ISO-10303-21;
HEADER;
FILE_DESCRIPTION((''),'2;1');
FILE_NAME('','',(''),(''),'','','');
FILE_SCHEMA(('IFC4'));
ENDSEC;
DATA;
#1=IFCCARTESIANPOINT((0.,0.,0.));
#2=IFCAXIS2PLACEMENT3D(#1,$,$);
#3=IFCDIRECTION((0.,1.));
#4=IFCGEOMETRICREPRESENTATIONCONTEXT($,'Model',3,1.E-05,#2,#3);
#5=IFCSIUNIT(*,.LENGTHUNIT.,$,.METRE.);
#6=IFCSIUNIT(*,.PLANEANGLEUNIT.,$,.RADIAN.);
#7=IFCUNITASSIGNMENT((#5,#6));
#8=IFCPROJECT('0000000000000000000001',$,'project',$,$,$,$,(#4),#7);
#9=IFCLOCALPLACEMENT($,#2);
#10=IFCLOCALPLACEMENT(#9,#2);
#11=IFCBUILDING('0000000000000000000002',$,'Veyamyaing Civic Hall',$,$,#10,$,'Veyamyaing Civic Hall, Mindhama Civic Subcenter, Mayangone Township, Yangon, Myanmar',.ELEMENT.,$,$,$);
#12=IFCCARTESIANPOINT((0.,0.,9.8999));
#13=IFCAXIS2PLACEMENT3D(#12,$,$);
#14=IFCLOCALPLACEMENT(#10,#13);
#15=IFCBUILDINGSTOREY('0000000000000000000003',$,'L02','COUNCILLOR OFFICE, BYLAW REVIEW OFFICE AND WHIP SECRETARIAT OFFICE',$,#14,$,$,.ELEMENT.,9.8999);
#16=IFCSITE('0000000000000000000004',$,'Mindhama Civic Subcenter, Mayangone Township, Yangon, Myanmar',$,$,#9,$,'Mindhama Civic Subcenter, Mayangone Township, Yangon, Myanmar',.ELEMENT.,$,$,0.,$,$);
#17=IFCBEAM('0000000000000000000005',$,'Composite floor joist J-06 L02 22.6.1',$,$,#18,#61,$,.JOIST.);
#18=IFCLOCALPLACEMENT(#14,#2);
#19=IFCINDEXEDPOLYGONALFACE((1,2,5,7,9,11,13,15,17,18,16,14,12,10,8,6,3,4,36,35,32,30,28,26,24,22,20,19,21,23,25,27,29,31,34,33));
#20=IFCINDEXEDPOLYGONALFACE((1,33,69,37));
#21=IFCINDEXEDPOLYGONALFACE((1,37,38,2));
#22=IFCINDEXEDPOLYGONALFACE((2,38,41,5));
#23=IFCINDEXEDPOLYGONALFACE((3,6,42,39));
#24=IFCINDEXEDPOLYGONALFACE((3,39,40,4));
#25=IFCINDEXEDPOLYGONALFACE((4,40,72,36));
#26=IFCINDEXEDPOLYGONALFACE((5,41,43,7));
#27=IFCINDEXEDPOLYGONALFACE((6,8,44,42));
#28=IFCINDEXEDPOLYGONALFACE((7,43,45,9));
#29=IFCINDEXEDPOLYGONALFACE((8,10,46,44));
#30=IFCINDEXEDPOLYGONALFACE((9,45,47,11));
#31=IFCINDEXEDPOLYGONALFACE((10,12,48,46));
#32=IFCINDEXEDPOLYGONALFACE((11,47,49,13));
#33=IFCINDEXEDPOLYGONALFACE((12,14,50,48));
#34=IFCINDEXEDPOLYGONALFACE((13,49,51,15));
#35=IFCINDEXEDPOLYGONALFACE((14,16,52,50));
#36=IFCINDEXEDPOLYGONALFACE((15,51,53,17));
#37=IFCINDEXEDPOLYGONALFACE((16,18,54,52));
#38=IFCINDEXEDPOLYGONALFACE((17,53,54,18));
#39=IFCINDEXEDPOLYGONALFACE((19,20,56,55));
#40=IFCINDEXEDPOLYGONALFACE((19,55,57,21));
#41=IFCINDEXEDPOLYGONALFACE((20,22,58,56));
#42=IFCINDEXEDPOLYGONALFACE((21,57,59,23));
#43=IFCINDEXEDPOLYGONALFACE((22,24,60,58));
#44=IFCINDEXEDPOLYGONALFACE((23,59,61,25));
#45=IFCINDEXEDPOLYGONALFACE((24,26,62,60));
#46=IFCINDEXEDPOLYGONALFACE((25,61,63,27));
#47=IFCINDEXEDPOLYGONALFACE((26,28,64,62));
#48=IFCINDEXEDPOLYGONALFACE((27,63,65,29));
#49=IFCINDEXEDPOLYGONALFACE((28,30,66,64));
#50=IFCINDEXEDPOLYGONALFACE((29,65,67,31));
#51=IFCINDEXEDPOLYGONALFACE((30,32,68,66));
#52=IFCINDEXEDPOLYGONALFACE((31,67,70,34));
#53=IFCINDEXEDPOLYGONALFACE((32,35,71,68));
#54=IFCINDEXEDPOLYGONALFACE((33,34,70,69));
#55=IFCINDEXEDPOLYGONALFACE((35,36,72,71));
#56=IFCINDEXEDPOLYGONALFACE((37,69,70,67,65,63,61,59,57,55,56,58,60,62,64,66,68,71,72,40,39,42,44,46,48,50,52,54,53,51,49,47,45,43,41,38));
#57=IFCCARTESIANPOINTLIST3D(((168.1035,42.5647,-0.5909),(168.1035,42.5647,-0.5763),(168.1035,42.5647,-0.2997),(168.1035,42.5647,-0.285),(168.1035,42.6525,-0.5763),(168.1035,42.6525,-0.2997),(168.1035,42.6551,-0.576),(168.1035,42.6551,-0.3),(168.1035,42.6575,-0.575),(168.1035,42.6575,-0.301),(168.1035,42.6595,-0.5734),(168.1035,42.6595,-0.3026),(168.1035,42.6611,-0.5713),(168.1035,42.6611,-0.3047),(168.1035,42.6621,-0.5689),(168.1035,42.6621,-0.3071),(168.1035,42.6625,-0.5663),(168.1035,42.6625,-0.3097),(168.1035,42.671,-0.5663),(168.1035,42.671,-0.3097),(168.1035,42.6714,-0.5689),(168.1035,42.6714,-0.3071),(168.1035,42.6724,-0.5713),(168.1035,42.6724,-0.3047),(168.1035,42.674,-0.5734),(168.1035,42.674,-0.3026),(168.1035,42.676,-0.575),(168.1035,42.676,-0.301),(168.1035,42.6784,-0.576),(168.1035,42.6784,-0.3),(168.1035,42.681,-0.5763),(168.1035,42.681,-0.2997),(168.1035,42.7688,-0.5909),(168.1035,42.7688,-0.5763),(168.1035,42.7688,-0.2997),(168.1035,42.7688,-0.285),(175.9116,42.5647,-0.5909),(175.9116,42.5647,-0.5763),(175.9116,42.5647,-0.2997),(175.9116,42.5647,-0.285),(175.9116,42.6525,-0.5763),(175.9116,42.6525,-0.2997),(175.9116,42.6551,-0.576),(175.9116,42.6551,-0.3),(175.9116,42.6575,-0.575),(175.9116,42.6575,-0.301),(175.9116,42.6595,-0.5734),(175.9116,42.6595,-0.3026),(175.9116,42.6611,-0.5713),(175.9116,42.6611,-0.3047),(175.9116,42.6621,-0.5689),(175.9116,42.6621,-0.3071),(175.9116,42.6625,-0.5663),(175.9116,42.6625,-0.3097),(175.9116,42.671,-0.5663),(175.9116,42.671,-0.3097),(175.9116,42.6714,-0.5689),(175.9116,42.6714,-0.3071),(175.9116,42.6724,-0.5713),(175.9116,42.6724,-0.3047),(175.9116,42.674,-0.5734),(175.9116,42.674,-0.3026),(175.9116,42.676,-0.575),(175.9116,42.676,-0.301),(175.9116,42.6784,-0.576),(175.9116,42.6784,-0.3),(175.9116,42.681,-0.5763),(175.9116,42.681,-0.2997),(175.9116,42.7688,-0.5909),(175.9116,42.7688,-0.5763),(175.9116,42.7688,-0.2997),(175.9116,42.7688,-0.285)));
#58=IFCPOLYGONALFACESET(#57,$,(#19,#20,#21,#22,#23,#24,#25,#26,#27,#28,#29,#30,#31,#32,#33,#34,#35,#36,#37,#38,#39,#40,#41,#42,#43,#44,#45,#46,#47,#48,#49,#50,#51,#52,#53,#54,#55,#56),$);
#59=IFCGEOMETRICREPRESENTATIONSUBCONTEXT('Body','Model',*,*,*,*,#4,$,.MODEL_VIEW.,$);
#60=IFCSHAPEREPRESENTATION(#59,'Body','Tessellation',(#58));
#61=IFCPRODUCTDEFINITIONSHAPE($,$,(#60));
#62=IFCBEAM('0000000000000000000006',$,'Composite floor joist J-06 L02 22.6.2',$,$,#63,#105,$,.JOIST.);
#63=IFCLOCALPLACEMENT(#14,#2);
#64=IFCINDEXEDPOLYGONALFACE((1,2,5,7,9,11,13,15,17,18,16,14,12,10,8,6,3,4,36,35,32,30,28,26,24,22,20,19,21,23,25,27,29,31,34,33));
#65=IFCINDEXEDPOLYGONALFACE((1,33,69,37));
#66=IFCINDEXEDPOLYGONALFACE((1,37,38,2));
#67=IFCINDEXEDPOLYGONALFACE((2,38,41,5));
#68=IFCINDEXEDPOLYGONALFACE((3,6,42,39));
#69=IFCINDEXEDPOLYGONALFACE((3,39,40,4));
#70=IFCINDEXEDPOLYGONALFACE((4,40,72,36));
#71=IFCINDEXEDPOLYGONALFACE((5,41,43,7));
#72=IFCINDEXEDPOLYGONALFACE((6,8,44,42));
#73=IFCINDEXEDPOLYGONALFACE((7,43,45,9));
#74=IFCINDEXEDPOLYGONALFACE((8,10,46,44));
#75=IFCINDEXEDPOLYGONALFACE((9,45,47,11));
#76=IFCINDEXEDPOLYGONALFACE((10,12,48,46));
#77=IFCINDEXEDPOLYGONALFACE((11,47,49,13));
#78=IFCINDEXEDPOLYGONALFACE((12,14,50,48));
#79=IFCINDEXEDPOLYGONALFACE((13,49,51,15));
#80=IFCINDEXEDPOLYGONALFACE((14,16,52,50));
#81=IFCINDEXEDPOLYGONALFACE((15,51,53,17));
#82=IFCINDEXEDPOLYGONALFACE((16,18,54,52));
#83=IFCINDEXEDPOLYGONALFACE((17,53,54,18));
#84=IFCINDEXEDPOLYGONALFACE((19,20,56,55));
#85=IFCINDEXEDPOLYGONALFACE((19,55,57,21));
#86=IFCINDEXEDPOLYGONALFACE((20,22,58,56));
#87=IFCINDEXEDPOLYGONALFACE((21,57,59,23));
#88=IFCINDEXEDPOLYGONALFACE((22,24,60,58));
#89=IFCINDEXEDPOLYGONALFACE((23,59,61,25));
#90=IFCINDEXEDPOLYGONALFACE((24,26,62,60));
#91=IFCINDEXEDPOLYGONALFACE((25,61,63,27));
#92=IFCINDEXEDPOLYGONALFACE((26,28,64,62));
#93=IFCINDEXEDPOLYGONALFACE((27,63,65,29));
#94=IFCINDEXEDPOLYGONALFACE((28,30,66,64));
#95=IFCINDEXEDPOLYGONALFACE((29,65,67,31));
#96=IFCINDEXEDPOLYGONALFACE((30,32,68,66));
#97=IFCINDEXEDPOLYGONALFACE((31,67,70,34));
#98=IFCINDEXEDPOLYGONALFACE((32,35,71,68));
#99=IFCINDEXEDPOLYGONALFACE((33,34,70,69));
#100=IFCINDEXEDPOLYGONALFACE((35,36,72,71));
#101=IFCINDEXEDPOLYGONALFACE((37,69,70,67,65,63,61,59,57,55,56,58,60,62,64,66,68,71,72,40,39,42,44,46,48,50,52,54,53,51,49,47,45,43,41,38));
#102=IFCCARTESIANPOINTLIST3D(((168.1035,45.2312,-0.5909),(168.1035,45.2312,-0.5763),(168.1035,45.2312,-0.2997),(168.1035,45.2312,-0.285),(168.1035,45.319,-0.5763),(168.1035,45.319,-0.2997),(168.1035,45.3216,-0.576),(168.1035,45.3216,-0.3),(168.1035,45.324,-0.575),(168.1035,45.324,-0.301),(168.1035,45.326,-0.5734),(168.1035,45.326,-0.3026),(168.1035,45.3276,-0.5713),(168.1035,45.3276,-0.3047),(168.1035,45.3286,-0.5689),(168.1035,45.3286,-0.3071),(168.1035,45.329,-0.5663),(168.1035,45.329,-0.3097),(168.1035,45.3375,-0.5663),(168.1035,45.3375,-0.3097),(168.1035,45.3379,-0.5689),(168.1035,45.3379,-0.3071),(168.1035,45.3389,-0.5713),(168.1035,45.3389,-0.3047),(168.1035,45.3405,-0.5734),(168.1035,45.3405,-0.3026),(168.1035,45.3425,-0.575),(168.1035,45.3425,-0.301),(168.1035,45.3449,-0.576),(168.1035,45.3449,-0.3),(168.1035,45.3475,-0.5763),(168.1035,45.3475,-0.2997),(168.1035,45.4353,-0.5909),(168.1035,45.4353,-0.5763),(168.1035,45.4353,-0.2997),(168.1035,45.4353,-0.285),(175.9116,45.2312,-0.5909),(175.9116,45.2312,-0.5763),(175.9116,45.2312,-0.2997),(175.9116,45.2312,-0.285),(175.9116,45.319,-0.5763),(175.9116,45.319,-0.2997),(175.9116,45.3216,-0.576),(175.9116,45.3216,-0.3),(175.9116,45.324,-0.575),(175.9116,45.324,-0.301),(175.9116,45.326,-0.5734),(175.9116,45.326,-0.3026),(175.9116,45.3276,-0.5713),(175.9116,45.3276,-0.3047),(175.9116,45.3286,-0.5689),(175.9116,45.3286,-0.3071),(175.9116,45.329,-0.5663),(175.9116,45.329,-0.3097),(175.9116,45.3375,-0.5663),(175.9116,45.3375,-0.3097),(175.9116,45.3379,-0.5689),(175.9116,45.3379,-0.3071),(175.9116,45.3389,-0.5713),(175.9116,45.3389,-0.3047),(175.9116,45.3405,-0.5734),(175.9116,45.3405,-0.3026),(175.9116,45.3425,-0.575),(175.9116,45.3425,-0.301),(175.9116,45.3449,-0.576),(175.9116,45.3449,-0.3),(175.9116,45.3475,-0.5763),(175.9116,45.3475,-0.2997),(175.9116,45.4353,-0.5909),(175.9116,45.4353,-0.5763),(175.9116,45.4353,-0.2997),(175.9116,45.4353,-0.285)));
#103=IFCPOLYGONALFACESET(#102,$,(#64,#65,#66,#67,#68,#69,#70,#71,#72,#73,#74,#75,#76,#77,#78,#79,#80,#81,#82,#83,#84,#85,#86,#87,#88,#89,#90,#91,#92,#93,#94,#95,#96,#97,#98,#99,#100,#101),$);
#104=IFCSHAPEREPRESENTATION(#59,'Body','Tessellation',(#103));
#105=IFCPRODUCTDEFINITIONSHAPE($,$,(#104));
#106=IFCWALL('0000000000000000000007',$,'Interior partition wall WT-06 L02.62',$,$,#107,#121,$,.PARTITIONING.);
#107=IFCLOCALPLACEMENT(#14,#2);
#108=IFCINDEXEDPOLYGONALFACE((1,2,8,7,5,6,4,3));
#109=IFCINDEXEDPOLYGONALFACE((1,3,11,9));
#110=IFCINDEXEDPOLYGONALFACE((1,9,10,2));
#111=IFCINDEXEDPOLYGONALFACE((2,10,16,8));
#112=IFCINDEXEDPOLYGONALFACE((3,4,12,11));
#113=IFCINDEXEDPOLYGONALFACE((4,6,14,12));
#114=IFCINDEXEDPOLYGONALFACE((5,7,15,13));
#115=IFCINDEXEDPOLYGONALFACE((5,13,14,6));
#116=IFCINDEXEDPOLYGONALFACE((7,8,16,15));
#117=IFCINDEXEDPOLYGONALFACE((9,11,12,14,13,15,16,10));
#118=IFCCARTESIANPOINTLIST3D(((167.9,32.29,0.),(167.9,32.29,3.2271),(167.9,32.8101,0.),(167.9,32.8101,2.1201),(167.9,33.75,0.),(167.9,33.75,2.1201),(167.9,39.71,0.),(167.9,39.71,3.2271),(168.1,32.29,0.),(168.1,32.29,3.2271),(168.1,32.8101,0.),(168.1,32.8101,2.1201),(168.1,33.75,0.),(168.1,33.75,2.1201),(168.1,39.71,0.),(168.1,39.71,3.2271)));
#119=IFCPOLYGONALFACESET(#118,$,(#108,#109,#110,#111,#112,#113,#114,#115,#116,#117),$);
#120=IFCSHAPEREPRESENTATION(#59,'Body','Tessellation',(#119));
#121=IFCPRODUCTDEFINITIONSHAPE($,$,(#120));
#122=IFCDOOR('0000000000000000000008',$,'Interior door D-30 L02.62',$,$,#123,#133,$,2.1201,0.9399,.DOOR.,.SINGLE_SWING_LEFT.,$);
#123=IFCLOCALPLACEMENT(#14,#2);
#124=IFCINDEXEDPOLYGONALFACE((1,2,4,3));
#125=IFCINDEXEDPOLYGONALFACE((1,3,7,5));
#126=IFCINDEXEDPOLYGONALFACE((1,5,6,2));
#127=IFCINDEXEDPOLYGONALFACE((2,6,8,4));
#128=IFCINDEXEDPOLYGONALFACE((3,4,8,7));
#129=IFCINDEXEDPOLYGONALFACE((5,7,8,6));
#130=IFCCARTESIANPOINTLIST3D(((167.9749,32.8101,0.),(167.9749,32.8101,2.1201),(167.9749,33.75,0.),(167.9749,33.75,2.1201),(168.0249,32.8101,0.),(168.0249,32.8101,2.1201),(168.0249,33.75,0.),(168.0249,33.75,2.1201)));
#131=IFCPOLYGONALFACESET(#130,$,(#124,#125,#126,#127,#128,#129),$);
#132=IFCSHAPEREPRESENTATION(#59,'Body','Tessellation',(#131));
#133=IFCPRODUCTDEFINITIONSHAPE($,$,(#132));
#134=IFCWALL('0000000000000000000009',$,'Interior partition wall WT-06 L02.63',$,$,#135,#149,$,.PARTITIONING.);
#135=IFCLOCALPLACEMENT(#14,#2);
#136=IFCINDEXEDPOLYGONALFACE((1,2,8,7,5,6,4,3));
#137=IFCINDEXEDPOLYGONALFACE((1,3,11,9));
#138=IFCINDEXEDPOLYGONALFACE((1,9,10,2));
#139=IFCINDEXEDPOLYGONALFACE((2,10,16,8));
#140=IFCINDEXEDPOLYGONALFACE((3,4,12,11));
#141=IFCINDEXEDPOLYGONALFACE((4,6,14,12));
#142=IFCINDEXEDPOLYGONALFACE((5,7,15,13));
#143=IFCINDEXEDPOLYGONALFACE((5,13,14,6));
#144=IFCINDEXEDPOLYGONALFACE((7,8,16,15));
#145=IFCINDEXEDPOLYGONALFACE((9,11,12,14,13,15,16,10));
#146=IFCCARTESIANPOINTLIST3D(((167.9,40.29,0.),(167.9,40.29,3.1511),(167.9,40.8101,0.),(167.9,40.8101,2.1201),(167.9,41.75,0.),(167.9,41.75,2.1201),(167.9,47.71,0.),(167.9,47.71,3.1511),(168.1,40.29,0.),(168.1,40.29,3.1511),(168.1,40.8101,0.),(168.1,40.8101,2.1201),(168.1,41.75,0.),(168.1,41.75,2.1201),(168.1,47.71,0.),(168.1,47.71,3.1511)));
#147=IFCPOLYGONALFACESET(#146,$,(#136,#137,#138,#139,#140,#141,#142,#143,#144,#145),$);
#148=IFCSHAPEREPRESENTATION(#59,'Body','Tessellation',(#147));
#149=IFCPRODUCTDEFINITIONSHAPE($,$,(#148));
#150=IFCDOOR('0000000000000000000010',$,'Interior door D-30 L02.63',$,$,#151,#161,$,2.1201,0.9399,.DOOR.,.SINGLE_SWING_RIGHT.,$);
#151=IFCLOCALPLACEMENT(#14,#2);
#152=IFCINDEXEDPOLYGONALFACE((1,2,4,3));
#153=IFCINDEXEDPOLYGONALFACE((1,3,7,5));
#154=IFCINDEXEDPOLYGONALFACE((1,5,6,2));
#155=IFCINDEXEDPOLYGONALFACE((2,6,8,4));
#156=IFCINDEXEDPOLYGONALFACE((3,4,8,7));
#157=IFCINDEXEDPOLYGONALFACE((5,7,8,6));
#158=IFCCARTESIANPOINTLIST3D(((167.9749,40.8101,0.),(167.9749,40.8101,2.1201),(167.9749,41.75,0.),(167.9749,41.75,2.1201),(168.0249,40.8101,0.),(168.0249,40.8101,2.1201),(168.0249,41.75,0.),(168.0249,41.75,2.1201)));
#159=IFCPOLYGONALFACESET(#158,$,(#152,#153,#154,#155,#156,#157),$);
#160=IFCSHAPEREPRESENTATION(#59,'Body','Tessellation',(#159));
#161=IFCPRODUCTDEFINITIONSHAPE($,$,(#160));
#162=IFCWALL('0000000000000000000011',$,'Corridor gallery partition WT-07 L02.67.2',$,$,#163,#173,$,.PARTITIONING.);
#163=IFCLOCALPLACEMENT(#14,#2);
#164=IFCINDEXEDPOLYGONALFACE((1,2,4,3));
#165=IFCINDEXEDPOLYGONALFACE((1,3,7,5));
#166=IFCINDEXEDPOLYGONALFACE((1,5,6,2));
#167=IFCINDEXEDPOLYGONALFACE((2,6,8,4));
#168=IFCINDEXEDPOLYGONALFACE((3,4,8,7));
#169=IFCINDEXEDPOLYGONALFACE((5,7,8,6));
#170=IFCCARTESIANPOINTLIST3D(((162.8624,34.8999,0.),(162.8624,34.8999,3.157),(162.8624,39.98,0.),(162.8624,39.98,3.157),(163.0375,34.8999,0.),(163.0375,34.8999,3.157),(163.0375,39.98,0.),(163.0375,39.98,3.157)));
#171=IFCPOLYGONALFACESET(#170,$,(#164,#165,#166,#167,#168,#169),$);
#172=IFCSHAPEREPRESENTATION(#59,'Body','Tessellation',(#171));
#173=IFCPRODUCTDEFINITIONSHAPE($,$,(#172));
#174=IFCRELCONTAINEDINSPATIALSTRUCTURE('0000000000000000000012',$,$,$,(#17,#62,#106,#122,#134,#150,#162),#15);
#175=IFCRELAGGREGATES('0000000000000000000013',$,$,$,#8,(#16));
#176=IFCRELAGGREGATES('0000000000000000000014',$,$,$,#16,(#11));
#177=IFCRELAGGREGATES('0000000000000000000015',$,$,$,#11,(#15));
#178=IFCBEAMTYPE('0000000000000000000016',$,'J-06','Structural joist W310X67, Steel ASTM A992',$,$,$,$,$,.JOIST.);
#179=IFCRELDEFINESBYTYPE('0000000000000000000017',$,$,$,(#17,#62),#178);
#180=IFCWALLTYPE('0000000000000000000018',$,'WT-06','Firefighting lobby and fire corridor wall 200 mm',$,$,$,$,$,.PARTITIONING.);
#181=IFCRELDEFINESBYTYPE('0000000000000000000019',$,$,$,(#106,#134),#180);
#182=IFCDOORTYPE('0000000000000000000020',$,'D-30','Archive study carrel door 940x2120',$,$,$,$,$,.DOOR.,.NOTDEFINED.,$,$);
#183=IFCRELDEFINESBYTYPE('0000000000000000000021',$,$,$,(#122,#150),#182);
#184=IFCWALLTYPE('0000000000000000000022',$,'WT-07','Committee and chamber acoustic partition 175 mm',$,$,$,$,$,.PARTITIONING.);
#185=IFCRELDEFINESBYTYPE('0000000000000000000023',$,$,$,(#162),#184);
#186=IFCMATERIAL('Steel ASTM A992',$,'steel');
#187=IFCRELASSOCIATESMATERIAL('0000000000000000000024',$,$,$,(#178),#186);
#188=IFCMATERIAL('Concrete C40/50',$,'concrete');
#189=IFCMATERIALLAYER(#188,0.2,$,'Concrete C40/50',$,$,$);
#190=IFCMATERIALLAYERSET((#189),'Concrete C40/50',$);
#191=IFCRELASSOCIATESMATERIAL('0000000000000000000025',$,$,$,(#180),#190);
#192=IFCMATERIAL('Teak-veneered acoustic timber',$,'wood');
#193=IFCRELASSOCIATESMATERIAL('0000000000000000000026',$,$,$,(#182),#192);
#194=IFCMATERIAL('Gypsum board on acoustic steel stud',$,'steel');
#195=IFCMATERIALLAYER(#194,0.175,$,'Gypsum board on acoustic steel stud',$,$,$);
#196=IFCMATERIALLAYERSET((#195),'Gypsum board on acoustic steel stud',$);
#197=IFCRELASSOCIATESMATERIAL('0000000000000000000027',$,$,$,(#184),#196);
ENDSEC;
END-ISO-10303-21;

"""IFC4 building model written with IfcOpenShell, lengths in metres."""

from ifc_helpers import new_model, si_unit, direction, frame, frame_2d, origin, origin_2d, place, context, subcontext, project, spatial, rectangle, i_section, extrude, material, layer, layer_set, material_profile, profile_set, type_object, element, fill, save


model = new_model("IFC4")

# Units and contexts
model_context = context("Model", 3, precision=1e-05, world=origin(), true_north=direction((0.0, 1.0)))
body_context = subcontext(model_context, "Body", "Model", "MODEL_VIEW")
ifc_project = project(units=[si_unit("LENGTHUNIT", "METRE"), si_unit("PLANEANGLEUNIT", "RADIAN")], contexts=[model_context])

# Site, building, storey
site_placement = place(None, origin())
site = spatial("IfcSite", under=ifc_project, at=site_placement, Name="Mindhama Civic Subcenter, Mayangone Township, Yangon, Myanmar", LongName="Mindhama Civic Subcenter, Mayangone Township, Yangon, Myanmar", CompositionType="ELEMENT", RefElevation=0.0)
building_placement = place(site_placement, origin())
building = spatial("IfcBuilding", under=site, at=building_placement, Name="Veyamyaing Civic Hall", LongName="Veyamyaing Civic Hall, Mindhama Civic Subcenter, Mayangone Township, Yangon, Myanmar", CompositionType="ELEMENT")
storey_placement = place(building_placement, frame((0.0, 0.0, 9.8999)))
storey = spatial("IfcBuildingStorey", under=building, at=storey_placement, Name="L02", Description="COUNCILLOR OFFICE, BYLAW REVIEW OFFICE AND WHIP SECRETARIAT OFFICE", CompositionType="ELEMENT", Elevation=9.8999)

# Beams
ifc_material_1 = material(Name="Steel ASTM A992", Category="steel")
ifc_material_profile_1 = material_profile(ifc_material_1, i_section(OverallWidth=0.2041, OverallDepth=0.3059, WebThickness=0.0085, FlangeThickness=0.0146, FilletRadius=0.01, at=origin_2d()), Name="W310X67")
ifc_profile_set_1 = profile_set([ifc_material_profile_1], Name="Steel ASTM A992")
beam_type_1 = type_object("IfcBeamType", Name="J-06", Description="Structural joist W310X67, Steel ASTM A992", PredefinedType="JOIST", material=ifc_profile_set_1)
for number, where, z_axis, x_axis, name in (
    (1, (168.1035, 42.6667, -0.438), (1.0, 0.0, 0.0), (0.0, 1.0, 0.0), "Composite floor joist J-06 L02 22.6.1"),
    (2, (168.1035, 45.3333, -0.438), (1.0, 0.0, 0.0), (0.0, 1.0, 0.0), "Composite floor joist J-06 L02 22.6.2"),
):
    element("IfcBeam", number, at=place(storey_placement, frame(where, z_axis=z_axis, x_axis=x_axis)), inside=storey, type_object=beam_type_1, Name=name, PredefinedType="JOIST", context=body_context, shape_type="SweptSolid", body=[
        extrude(i_section(OverallWidth=0.2041, OverallDepth=0.3059, WebThickness=0.0085, FlangeThickness=0.0146, FilletRadius=0.01, at=origin_2d()), origin(), (0.0, 0.0, 1.0), 7.8081),
    ])

# Walls, openings, doors
ifc_material_2 = material(Name="Concrete C40/50", Category="concrete")
ifc_layer_1 = layer(ifc_material_2, 0.2, Name="Concrete C40/50")
ifc_layer_set_1 = layer_set([ifc_layer_1], Name="Concrete C40/50")
wall_type_1 = type_object("IfcWallType", Name="WT-06", Description="Firefighting lobby and fire corridor wall 200 mm", PredefinedType="PARTITIONING", material=ifc_layer_set_1)
wall_1_placement = place(storey_placement, frame((168.0, 32.29, 0.0), z_axis=(0.0, 0.0, 1.0), x_axis=(0.0, 1.0, 0.0)))
wall_1 = element("IfcWall", 3, at=wall_1_placement, inside=storey, type_object=wall_type_1, Name="Interior partition wall WT-06 L02.62", PredefinedType="PARTITIONING", context=body_context, shape_type="SweptSolid", body=[
    extrude(rectangle(XDim=7.4199, YDim=0.2, at=frame_2d((3.71, 0.0))), origin(), (0.0, 0.0, 1.0), 3.2271),
])
opening_1_placement = place(wall_1_placement, frame((0.52, 0.0, 0.0)))
opening_1 = element("IfcOpeningElement", 4, at=opening_1_placement, cuts=wall_1, PredefinedType="OPENING", context=body_context, shape_type="SweptSolid", body=[
    extrude(rectangle(XDim=0.9399, YDim=2.1201, at=frame_2d((0.47, 1.0601))), frame((0.0, 0.1099, 0.0), z_axis=(0.0, -1.0, 0.0), x_axis=(1.0, 0.0, 0.0)), (0.0, 0.0, 1.0), 0.22),
])
ifc_material_3 = material(Name="Teak-veneered acoustic timber", Category="wood")
door_type_1 = type_object("IfcDoorType", Name="D-30", Description="Archive study carrel door 940x2120", OperationType="NOTDEFINED", PredefinedType="DOOR", material=ifc_material_3)
door_1_placement = place(opening_1_placement, frame((0.9399, 0.0, 0.0), z_axis=(0.0, 0.0, 1.0), x_axis=(-1.0, 0.0, 0.0)))
door_1 = element("IfcDoor", 5, at=door_1_placement, inside=storey, type_object=door_type_1, Name="Interior door D-30 L02.62", OperationType="SINGLE_SWING_LEFT", OverallHeight=2.1201, OverallWidth=0.9399, PredefinedType="DOOR", context=body_context, shape_type="SweptSolid", body=[
    extrude(rectangle(XDim=0.9399, YDim=2.1201, at=frame_2d((0.47, 1.0601))), frame((0.0, 0.0249, 0.0), z_axis=(0.0, -1.0, 0.0), x_axis=(1.0, 0.0, 0.0)), (0.0, 0.0, 1.0), 0.05),
])
fill(opening_1, door_1)
wall_2_placement = place(storey_placement, frame((168.0, 40.29, 0.0), z_axis=(0.0, 0.0, 1.0), x_axis=(0.0, 1.0, 0.0)))
wall_2 = element("IfcWall", 6, at=wall_2_placement, inside=storey, type_object=wall_type_1, Name="Interior partition wall WT-06 L02.63", PredefinedType="PARTITIONING", context=body_context, shape_type="SweptSolid", body=[
    extrude(rectangle(XDim=7.4199, YDim=0.2, at=frame_2d((3.71, 0.0))), origin(), (0.0, 0.0, 1.0), 3.1511),
])
opening_2_placement = place(wall_2_placement, frame((0.52, 0.0, 0.0)))
opening_2 = element("IfcOpeningElement", 7, at=opening_2_placement, cuts=wall_2, PredefinedType="OPENING", context=body_context, shape_type="SweptSolid", body=[
    extrude(rectangle(XDim=0.9399, YDim=2.1201, at=frame_2d((0.47, 1.0601))), frame((0.0, 0.1099, 0.0), z_axis=(0.0, -1.0, 0.0), x_axis=(1.0, 0.0, 0.0)), (0.0, 0.0, 1.0), 0.22),
])
door_2_placement = place(opening_2_placement, frame((0.9399, 0.0, 0.0), z_axis=(0.0, 0.0, 1.0), x_axis=(-1.0, 0.0, 0.0)))
door_2 = element("IfcDoor", 8, at=door_2_placement, inside=storey, type_object=door_type_1, Name="Interior door D-30 L02.63", OperationType="SINGLE_SWING_RIGHT", OverallHeight=2.1201, OverallWidth=0.9399, PredefinedType="DOOR", context=body_context, shape_type="SweptSolid", body=[
    extrude(rectangle(XDim=0.9399, YDim=2.1201, at=frame_2d((0.47, 1.0601))), frame((0.0, 0.0249, 0.0), z_axis=(0.0, -1.0, 0.0), x_axis=(1.0, 0.0, 0.0)), (0.0, 0.0, 1.0), 0.05),
])
fill(opening_2, door_2)
ifc_material_4 = material(Name="Gypsum board on acoustic steel stud", Category="steel")
ifc_layer_2 = layer(ifc_material_4, 0.175, Name="Gypsum board on acoustic steel stud")
ifc_layer_set_2 = layer_set([ifc_layer_2], Name="Gypsum board on acoustic steel stud")
wall_type_2 = type_object("IfcWallType", Name="WT-07", Description="Committee and chamber acoustic partition 175 mm", PredefinedType="PARTITIONING", material=ifc_layer_set_2)

# Wall
wall_3_placement = place(storey_placement, frame((162.95, 34.8999, 0.0), z_axis=(0.0, 0.0, 1.0), x_axis=(0.0, 1.0, 0.0)))
element("IfcWall", 9, at=wall_3_placement, inside=storey, type_object=wall_type_2, Name="Corridor gallery partition WT-07 L02.67.2", PredefinedType="PARTITIONING", context=body_context, shape_type="SweptSolid", body=[
    extrude(rectangle(XDim=5.0801, YDim=0.175, at=frame_2d((2.54, 0.0))), origin(), (0.0, 0.0, 1.0), 3.157),
])

save(model, "model.ifc")
